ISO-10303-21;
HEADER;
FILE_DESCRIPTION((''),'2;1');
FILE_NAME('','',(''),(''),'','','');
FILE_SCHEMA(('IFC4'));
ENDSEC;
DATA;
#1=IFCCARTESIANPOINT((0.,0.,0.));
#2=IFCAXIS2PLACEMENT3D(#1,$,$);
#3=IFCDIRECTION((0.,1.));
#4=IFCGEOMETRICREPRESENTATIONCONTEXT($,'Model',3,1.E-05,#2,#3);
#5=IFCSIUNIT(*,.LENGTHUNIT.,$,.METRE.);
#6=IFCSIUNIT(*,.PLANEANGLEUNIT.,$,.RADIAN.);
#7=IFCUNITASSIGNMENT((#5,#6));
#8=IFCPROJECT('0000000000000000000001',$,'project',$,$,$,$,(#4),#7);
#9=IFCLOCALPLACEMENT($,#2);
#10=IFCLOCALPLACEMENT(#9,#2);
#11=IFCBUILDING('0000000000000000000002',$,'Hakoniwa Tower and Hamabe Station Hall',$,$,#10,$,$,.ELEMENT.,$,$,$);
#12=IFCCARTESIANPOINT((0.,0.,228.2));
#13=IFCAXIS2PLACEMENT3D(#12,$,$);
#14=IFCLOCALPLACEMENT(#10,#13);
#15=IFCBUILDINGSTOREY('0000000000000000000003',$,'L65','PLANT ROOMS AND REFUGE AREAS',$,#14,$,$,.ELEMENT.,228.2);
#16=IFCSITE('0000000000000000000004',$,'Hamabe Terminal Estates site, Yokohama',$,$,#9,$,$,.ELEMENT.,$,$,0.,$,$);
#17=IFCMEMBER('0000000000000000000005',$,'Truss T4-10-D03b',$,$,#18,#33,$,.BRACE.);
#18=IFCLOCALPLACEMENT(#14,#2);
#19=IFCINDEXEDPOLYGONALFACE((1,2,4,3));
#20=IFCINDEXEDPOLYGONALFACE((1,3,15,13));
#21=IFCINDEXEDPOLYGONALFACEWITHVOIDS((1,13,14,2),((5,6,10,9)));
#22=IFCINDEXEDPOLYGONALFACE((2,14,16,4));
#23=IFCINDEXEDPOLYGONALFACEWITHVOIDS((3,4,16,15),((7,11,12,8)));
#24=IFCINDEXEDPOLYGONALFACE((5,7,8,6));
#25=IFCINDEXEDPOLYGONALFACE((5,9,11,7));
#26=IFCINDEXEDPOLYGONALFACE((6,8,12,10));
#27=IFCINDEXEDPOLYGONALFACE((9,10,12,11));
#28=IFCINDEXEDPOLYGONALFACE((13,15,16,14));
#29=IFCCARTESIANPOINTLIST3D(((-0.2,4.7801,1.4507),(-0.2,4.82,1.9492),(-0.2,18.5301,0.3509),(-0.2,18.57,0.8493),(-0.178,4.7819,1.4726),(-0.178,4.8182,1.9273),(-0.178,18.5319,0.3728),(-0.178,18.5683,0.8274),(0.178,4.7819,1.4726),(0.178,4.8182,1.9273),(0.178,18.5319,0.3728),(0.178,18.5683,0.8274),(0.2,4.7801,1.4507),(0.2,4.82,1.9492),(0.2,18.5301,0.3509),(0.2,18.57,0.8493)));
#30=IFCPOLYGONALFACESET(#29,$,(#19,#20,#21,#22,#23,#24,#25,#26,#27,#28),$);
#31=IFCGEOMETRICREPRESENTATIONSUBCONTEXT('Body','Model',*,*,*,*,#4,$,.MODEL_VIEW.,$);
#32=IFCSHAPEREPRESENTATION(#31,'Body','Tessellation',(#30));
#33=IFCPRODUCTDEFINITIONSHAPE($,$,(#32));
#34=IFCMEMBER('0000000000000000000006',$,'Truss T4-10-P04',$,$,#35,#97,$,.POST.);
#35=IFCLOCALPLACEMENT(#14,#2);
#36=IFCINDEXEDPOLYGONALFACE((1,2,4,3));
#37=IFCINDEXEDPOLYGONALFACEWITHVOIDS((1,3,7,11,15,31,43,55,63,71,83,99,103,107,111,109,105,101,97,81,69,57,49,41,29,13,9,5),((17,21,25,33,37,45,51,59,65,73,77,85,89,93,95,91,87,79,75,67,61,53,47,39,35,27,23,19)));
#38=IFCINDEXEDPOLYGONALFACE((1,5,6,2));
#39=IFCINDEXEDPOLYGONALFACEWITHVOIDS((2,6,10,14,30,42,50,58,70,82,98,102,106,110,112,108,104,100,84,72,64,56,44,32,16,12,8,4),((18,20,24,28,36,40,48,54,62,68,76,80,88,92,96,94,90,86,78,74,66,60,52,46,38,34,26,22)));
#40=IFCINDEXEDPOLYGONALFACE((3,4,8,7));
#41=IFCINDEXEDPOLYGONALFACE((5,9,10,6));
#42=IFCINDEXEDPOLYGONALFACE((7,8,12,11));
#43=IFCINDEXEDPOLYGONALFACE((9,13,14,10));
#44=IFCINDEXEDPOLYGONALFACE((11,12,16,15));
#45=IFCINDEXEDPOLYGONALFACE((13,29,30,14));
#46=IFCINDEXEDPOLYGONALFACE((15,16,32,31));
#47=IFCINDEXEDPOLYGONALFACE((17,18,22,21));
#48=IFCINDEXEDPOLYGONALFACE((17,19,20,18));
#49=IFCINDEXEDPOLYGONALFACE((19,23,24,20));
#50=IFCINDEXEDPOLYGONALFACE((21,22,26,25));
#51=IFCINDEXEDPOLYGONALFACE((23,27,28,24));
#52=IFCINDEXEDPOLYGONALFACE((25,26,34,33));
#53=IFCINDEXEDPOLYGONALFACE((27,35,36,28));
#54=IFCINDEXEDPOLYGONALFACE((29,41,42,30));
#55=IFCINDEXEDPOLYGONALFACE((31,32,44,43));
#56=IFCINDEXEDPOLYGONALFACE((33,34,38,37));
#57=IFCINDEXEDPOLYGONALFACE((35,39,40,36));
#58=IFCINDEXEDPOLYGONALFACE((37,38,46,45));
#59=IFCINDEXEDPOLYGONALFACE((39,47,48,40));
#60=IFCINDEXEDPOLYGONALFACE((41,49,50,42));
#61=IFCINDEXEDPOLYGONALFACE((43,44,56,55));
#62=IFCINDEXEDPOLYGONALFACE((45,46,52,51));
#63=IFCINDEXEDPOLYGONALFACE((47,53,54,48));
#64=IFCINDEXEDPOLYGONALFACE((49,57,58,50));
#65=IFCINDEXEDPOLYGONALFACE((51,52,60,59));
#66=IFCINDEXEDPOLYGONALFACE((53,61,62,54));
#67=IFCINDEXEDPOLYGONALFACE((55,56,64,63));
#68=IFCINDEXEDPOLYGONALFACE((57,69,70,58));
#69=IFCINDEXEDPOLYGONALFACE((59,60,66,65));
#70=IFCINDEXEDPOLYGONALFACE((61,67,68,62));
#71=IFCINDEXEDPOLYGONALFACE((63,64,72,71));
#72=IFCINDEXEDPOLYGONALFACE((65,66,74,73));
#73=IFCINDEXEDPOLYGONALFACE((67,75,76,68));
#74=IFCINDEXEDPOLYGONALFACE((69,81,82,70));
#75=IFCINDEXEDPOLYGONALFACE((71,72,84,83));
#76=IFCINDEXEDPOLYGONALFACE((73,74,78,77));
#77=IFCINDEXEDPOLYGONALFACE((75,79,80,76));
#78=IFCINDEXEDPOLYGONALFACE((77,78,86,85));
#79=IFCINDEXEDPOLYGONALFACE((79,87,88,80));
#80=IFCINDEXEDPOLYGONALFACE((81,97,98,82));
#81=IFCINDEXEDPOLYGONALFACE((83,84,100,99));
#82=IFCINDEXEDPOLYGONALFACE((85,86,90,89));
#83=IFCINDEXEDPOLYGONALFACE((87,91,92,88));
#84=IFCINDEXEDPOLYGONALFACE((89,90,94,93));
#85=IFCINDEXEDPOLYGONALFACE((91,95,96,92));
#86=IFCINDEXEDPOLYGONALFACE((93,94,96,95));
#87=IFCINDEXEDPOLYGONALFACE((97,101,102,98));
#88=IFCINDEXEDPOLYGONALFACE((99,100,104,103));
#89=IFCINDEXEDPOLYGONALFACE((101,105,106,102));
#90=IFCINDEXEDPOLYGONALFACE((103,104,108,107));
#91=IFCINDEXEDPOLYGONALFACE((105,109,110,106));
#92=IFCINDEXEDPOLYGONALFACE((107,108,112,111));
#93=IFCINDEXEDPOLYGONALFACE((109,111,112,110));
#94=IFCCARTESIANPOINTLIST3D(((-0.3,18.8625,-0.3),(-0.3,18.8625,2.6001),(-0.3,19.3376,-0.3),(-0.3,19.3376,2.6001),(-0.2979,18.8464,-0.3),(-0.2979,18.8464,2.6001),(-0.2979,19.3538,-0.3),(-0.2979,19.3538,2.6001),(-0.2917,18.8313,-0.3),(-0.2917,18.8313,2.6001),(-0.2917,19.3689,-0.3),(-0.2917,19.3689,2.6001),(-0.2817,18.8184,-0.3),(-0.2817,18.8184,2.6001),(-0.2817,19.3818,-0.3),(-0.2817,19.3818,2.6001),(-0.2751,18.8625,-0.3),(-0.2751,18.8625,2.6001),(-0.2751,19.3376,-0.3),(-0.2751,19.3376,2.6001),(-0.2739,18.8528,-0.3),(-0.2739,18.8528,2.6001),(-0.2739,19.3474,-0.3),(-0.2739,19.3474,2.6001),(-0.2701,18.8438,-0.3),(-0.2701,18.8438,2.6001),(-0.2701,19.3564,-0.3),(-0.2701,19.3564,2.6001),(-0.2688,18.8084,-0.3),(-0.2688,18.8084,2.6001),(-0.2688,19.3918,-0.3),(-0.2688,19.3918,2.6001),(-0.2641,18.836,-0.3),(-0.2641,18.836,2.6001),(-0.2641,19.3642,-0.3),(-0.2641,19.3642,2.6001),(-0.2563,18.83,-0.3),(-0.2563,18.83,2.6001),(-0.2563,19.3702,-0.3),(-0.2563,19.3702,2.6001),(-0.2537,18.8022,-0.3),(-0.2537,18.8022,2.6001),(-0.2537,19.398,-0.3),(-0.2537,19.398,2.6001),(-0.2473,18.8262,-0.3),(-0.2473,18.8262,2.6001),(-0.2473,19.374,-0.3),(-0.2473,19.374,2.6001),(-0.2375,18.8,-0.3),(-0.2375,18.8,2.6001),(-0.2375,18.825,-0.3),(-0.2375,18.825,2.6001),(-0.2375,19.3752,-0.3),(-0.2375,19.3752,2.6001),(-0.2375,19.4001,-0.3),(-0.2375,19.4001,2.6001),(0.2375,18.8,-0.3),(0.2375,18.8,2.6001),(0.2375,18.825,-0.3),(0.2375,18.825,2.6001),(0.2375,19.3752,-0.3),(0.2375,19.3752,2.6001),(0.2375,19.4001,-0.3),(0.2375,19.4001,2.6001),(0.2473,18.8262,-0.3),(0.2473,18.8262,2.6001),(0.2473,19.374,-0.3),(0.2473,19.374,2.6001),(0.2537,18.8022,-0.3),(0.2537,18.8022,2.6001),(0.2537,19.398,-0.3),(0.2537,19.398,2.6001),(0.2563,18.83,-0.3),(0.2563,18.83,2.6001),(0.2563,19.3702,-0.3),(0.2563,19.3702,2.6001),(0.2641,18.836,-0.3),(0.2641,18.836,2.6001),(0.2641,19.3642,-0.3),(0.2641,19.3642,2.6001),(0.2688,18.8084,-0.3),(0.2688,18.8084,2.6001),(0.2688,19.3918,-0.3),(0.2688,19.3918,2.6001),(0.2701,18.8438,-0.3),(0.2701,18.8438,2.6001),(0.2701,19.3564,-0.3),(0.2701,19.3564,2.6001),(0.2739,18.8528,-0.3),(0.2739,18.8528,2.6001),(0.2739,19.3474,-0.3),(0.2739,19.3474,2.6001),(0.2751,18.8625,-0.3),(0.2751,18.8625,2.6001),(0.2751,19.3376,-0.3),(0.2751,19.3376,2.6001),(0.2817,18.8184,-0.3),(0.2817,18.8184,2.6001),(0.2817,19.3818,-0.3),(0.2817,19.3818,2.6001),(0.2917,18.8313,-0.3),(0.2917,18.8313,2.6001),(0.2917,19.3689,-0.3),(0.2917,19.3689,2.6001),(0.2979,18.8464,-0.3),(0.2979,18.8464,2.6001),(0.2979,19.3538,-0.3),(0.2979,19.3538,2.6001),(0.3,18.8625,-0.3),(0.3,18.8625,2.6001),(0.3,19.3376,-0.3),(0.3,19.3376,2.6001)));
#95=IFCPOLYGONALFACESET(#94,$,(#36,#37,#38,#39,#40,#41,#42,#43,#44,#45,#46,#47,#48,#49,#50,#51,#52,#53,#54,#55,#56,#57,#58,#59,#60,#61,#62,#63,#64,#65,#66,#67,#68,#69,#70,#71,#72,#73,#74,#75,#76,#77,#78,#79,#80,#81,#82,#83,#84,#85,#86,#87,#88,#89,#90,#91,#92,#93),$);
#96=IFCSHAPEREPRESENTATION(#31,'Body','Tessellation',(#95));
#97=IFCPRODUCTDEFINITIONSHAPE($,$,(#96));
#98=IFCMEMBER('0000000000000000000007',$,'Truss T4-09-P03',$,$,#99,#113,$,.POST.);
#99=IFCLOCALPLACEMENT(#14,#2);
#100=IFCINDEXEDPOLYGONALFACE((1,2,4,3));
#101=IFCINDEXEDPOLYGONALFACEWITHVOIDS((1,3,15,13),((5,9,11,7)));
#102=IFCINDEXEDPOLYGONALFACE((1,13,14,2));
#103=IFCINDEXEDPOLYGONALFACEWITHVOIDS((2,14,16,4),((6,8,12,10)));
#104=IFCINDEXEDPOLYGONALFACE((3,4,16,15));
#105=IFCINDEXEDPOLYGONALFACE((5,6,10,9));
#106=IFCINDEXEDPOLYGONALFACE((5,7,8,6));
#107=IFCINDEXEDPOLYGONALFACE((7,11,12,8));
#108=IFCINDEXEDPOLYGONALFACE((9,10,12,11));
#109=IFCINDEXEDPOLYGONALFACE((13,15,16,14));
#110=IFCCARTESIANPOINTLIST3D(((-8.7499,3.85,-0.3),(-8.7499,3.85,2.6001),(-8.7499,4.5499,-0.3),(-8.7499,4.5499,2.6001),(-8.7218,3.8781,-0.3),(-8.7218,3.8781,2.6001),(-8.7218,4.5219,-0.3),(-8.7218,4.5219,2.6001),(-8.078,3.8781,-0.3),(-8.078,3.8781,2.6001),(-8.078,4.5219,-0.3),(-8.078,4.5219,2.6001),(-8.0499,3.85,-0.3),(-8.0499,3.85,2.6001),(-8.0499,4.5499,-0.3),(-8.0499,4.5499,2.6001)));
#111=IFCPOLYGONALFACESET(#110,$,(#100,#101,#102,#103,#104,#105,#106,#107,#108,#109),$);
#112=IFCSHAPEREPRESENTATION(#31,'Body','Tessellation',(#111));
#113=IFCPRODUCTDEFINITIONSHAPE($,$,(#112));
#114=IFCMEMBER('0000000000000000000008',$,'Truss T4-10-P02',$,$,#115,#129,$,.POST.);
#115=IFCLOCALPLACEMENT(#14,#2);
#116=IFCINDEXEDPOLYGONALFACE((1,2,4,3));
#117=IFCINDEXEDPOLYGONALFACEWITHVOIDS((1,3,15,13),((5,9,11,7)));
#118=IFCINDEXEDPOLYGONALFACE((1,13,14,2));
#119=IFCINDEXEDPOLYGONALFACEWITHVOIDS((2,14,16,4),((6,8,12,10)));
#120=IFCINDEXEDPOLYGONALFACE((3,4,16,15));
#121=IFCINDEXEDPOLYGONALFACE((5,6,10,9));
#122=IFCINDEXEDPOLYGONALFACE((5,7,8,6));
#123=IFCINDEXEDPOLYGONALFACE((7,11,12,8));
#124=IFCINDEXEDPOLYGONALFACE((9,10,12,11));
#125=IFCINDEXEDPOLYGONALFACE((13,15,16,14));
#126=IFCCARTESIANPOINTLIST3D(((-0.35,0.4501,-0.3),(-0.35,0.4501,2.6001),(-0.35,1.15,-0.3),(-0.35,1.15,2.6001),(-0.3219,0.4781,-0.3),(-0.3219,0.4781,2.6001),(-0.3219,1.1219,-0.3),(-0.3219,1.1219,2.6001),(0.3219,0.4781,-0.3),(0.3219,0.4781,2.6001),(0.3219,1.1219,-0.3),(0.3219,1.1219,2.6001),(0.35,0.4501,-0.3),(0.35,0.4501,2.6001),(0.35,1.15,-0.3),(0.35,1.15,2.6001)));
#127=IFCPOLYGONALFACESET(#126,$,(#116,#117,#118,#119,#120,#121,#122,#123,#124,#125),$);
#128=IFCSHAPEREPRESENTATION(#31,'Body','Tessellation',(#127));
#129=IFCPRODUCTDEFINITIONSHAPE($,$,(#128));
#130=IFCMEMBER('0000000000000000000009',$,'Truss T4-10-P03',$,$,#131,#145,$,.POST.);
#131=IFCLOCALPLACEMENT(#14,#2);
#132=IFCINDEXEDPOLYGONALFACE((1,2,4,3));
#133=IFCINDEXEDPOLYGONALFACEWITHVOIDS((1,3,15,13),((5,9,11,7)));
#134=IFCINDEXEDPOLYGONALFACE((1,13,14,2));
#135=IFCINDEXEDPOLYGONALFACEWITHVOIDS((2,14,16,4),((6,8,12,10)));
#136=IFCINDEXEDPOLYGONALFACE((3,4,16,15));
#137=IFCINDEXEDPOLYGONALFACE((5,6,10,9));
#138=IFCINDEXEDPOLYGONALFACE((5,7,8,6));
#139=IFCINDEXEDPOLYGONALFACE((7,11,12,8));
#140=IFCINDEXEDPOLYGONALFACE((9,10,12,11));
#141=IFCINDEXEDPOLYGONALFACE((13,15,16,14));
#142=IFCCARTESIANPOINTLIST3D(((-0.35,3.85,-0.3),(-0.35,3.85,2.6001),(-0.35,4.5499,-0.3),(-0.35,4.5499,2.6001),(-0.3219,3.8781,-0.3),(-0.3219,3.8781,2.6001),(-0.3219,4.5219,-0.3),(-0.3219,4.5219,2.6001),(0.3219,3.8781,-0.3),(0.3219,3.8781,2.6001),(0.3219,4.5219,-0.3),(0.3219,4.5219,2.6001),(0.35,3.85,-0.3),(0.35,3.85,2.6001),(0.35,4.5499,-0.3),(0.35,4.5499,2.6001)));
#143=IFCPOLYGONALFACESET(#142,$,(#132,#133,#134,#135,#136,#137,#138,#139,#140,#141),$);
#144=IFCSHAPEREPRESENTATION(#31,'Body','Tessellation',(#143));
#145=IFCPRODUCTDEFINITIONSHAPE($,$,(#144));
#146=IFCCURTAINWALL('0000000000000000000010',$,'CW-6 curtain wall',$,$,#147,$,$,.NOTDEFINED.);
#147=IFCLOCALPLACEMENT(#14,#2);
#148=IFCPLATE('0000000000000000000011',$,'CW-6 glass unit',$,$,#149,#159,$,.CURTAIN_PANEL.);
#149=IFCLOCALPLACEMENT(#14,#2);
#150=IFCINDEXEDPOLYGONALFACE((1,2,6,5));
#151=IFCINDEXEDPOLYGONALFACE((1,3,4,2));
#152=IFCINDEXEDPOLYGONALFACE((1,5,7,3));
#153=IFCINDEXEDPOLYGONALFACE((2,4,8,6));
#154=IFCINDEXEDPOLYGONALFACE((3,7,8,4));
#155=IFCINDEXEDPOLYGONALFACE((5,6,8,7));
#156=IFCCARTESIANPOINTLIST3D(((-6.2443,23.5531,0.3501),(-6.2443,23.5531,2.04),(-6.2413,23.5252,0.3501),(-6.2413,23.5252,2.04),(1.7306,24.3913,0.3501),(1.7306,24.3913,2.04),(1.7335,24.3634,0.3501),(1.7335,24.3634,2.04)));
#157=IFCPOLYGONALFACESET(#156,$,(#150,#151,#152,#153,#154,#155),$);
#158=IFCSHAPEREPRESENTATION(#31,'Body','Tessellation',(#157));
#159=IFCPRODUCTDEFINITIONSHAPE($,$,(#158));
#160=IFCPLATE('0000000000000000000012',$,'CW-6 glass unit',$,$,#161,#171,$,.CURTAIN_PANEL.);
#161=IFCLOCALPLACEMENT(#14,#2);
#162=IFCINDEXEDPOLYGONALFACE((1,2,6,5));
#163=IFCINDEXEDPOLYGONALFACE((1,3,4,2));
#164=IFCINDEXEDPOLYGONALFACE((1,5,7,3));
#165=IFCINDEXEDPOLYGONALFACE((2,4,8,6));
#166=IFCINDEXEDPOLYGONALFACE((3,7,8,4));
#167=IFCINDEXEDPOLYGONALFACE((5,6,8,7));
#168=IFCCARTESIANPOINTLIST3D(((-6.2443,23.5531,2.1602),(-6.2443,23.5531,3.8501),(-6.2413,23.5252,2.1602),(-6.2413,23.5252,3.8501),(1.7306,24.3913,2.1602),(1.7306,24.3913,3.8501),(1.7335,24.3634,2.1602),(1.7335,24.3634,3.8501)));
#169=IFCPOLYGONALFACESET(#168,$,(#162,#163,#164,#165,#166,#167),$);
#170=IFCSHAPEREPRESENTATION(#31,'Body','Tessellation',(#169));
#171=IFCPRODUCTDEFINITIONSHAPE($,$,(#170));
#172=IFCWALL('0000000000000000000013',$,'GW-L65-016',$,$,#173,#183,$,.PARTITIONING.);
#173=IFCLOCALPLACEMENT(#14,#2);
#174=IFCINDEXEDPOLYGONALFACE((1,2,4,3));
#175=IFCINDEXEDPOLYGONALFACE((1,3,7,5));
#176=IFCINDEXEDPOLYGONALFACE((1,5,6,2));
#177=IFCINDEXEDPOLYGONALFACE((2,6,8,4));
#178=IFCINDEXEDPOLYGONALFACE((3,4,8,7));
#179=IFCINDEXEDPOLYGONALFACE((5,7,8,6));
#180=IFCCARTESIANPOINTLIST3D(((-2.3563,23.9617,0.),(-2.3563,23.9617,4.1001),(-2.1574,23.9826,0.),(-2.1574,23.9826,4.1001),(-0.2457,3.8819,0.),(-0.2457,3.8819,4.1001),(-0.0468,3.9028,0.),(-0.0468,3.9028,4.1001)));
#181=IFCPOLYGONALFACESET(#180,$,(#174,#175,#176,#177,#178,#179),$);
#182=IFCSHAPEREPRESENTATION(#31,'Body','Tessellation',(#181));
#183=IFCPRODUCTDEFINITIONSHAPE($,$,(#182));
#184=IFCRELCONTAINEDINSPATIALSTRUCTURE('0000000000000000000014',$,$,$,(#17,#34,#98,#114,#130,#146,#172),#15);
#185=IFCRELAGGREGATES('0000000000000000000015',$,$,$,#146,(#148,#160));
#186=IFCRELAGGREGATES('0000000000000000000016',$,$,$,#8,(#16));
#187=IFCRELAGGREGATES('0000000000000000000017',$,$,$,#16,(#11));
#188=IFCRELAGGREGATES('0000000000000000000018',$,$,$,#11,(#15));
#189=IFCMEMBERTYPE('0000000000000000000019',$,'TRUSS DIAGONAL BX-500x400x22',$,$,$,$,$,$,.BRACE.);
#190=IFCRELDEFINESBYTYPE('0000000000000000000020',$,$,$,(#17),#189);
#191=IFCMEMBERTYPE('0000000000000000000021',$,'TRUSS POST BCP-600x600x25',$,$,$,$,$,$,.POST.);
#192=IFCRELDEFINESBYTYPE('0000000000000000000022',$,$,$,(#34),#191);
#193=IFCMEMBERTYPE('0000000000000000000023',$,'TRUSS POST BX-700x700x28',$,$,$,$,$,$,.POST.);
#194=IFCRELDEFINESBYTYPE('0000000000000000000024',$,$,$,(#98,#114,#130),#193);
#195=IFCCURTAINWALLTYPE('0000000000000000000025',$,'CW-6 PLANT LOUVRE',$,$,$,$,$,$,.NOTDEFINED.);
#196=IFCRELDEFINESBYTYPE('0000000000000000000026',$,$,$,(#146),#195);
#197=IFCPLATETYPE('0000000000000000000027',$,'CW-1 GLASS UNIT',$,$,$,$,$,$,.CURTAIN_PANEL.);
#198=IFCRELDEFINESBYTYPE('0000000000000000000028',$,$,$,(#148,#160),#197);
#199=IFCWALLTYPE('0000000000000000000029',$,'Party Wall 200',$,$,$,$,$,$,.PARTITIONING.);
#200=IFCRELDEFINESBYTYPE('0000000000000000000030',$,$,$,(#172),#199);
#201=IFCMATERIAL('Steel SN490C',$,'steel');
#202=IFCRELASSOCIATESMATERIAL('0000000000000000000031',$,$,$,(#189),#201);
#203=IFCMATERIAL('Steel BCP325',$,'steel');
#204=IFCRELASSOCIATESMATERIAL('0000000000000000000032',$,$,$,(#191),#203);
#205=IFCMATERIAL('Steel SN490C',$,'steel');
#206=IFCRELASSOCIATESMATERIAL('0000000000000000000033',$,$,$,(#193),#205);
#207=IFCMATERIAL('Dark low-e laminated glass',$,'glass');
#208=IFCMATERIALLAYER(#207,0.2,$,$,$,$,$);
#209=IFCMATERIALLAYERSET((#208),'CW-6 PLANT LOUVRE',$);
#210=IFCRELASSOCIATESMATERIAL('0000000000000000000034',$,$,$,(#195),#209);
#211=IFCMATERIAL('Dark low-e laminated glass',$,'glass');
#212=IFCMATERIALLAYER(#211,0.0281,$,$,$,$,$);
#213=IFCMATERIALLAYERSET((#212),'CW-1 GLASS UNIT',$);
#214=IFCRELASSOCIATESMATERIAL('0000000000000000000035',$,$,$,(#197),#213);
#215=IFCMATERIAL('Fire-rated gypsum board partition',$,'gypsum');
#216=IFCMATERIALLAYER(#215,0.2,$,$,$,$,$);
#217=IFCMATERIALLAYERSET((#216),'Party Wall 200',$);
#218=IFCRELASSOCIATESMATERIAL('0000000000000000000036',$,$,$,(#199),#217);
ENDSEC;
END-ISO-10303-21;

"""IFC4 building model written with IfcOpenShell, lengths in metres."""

from ifc_helpers import new_model, si_unit, direction, frame, frame_2d, origin, origin_2d, place, context, subcontext, project, spatial, rectangle, hollow_rectangle, extrude, material, layer, layer_set, material_profile, profile_set, type_object, element, aggregate, save


model = new_model("IFC4")

# Units and contexts
model_context = context("Model", 3, precision=1e-05, world=origin(), true_north=direction((0.0, 1.0)))
body_context = subcontext(model_context, "Body", "Model", "MODEL_VIEW")
ifc_project = project(units=[si_unit("LENGTHUNIT", "METRE"), si_unit("PLANEANGLEUNIT", "RADIAN")], contexts=[model_context])

# Site, building, storey
site_placement = place(None, origin())
site = spatial("IfcSite", under=ifc_project, at=site_placement, Name="Hamabe Terminal Estates site, Yokohama", CompositionType="ELEMENT", RefElevation=0.0)
building_placement = place(site_placement, origin())
building = spatial("IfcBuilding", under=site, at=building_placement, Name="Hakoniwa Tower and Hamabe Station Hall", CompositionType="ELEMENT")
storey_placement = place(building_placement, frame((0.0, 0.0, 228.2)))
storey = spatial("IfcBuildingStorey", under=building, at=storey_placement, Name="L65", Description="PLANT ROOMS AND REFUGE AREAS", CompositionType="ELEMENT", Elevation=228.2)

# Members
ifc_material_1 = material(Name="Steel SN490C", Category="steel")
ifc_material_profile_1 = material_profile(ifc_material_1, hollow_rectangle(XDim=0.3999, YDim=0.5, WallThickness=0.022, at=origin_2d()), Name="BX-500x400x22")
ifc_profile_set_1 = profile_set([ifc_material_profile_1], Name="Steel SN490C")
member_type_1 = type_object("IfcMemberType", Name="TRUSS DIAGONAL BX-500x400x22", PredefinedType="BRACE", material=ifc_profile_set_1)
for number, where, z_axis, x_axis, name in (
    (1, (0.0, 4.8, 1.7), (0.0, 0.996816, -0.079735), (-1.0, 0.0, 0.0), "Truss T4-10-D03b"),
):
    element("IfcMember", number, at=place(storey_placement, frame(where, z_axis=z_axis, x_axis=x_axis)), inside=storey, type_object=member_type_1, Name=name, PredefinedType="BRACE", context=body_context, shape_type="SweptSolid", body=[
        extrude(hollow_rectangle(XDim=0.3999, YDim=0.5, WallThickness=0.022, at=origin_2d()), origin(), (0.0, 0.0, 1.0), 13.7939),
    ])
ifc_material_2 = material(Name="Steel BCP325", Category="steel")
ifc_material_profile_2 = material_profile(ifc_material_2, hollow_rectangle(XDim=0.6001, YDim=0.6001, WallThickness=0.0249, InnerFilletRadius=0.0376, OuterFilletRadius=0.0625, at=origin_2d()), Name="BCP-600x600x25")
ifc_profile_set_2 = profile_set([ifc_material_profile_2], Name="Steel BCP325")
member_type_2 = type_object("IfcMemberType", Name="TRUSS POST BCP-600x600x25", PredefinedType="POST", material=ifc_profile_set_2)
member_placement = place(storey_placement, frame((0.0, 19.1001, -0.3), z_axis=(0.0, 0.0, 1.0), x_axis=(1.0, 0.0, 0.0)))
element("IfcMember", 2, at=member_placement, inside=storey, type_object=member_type_2, Name="Truss T4-10-P04", PredefinedType="POST", context=body_context, shape_type="SweptSolid", body=[
    extrude(hollow_rectangle(XDim=0.6001, YDim=0.6001, WallThickness=0.0249, InnerFilletRadius=0.0376, OuterFilletRadius=0.0625, at=origin_2d()), origin(), (0.0, 0.0, 1.0), 2.9001),
])
ifc_material_3 = material(Name="Steel SN490C", Category="steel")
ifc_material_profile_3 = material_profile(ifc_material_3, hollow_rectangle(XDim=0.7, YDim=0.7, WallThickness=0.0281, at=origin_2d()), Name="BX-700x700x28")
ifc_profile_set_3 = profile_set([ifc_material_profile_3], Name="Steel SN490C")
member_type_3 = type_object("IfcMemberType", Name="TRUSS POST BX-700x700x28", PredefinedType="POST", material=ifc_profile_set_3)
for number, where, z_axis, x_axis, name in (
    (3, (-8.3999, 4.2, -0.3), (0.0, 0.0, 1.0), (1.0, 0.0, 0.0), "Truss T4-09-P03"),
    (4, (0.0, 0.8, -0.3), (0.0, 0.0, 1.0), (1.0, 0.0, 0.0), "Truss T4-10-P02"),
    (5, (0.0, 4.2, -0.3), (0.0, 0.0, 1.0), (1.0, 0.0, 0.0), "Truss T4-10-P03"),
):
    element("IfcMember", number, at=place(storey_placement, frame(where, z_axis=z_axis, x_axis=x_axis)), inside=storey, type_object=member_type_3, Name=name, PredefinedType="POST", context=body_context, shape_type="SweptSolid", body=[
        extrude(hollow_rectangle(XDim=0.7, YDim=0.7, WallThickness=0.0281, at=origin_2d()), origin(), (0.0, 0.0, 1.0), 2.9001),
    ])

# Curtain wall, plates
ifc_material_4 = material(Name="Dark low-e laminated glass", Category="glass")
ifc_layer_1 = layer(ifc_material_4, 0.2)
ifc_layer_set_1 = layer_set([ifc_layer_1], Name="CW-6 PLANT LOUVRE")
curtain_wall_type = type_object("IfcCurtainWallType", Name="CW-6 PLANT LOUVRE", PredefinedType="NOTDEFINED", material=ifc_layer_set_1)
curtain_wall_placement = place(storey_placement, origin())
curtain_wall = element("IfcCurtainWall", 6, at=curtain_wall_placement, inside=storey, type_object=curtain_wall_type, Name="CW-6 curtain wall", PredefinedType="NOTDEFINED")
ifc_material_5 = material(Name="Dark low-e laminated glass", Category="glass")
ifc_layer_2 = layer(ifc_material_5, 0.0281)
ifc_layer_set_2 = layer_set([ifc_layer_2], Name="CW-1 GLASS UNIT")
plate_type = type_object("IfcPlateType", Name="CW-1 GLASS UNIT", PredefinedType="CURTAIN_PANEL", material=ifc_layer_set_2)
plate_1_placement = place(storey_placement, frame((-2.2554, 23.9583, 0.3501), z_axis=(0.0, 0.0, 1.0), x_axis=(-0.994522, -0.104528, 0.0)))
plate_1 = element("IfcPlate", 7, at=plate_1_placement, type_object=plate_type, Name="CW-6 glass unit", PredefinedType="CURTAIN_PANEL", context=body_context, shape_type="SweptSolid", body=[
    extrude(rectangle(XDim=8.0188, YDim=0.0281, at=origin_2d()), origin(), (0.0, 0.0, 1.0), 1.6899),
])
plate_2_placement = place(storey_placement, frame((-2.2554, 23.9583, 2.1602), z_axis=(0.0, 0.0, 1.0), x_axis=(-0.994522, -0.104528, 0.0)))
plate_2 = element("IfcPlate", 8, at=plate_2_placement, type_object=plate_type, Name="CW-6 glass unit", PredefinedType="CURTAIN_PANEL", context=body_context, shape_type="SweptSolid", body=[
    extrude(rectangle(XDim=8.0188, YDim=0.0281, at=origin_2d()), origin(), (0.0, 0.0, 1.0), 1.6899),
])
aggregate(curtain_wall, [plate_1, plate_2])

# Wall
ifc_material_6 = material(Name="Fire-rated gypsum board partition", Category="gypsum")
ifc_layer_3 = layer(ifc_material_6, 0.2)
ifc_layer_set_3 = layer_set([ifc_layer_3], Name="Party Wall 200")
wall_type = type_object("IfcWallType", Name="Party Wall 200", PredefinedType="PARTITIONING", material=ifc_layer_set_3)
wall_placement = place(storey_placement, frame((-0.1462, 3.8923, 0.0), z_axis=(0.0, 0.0, 1.0), x_axis=(-0.104534, 0.994521, 0.0)))
element("IfcWall", 9, at=wall_placement, inside=storey, type_object=wall_type, Name="GW-L65-016", PredefinedType="PARTITIONING", context=body_context, shape_type="SweptSolid", body=[
    extrude(rectangle(XDim=20.1904, YDim=0.2, at=frame_2d((10.0952, 0.0))), origin(), (0.0, 0.0, 1.0), 4.1001),
])

save(model, "model.ifc")
